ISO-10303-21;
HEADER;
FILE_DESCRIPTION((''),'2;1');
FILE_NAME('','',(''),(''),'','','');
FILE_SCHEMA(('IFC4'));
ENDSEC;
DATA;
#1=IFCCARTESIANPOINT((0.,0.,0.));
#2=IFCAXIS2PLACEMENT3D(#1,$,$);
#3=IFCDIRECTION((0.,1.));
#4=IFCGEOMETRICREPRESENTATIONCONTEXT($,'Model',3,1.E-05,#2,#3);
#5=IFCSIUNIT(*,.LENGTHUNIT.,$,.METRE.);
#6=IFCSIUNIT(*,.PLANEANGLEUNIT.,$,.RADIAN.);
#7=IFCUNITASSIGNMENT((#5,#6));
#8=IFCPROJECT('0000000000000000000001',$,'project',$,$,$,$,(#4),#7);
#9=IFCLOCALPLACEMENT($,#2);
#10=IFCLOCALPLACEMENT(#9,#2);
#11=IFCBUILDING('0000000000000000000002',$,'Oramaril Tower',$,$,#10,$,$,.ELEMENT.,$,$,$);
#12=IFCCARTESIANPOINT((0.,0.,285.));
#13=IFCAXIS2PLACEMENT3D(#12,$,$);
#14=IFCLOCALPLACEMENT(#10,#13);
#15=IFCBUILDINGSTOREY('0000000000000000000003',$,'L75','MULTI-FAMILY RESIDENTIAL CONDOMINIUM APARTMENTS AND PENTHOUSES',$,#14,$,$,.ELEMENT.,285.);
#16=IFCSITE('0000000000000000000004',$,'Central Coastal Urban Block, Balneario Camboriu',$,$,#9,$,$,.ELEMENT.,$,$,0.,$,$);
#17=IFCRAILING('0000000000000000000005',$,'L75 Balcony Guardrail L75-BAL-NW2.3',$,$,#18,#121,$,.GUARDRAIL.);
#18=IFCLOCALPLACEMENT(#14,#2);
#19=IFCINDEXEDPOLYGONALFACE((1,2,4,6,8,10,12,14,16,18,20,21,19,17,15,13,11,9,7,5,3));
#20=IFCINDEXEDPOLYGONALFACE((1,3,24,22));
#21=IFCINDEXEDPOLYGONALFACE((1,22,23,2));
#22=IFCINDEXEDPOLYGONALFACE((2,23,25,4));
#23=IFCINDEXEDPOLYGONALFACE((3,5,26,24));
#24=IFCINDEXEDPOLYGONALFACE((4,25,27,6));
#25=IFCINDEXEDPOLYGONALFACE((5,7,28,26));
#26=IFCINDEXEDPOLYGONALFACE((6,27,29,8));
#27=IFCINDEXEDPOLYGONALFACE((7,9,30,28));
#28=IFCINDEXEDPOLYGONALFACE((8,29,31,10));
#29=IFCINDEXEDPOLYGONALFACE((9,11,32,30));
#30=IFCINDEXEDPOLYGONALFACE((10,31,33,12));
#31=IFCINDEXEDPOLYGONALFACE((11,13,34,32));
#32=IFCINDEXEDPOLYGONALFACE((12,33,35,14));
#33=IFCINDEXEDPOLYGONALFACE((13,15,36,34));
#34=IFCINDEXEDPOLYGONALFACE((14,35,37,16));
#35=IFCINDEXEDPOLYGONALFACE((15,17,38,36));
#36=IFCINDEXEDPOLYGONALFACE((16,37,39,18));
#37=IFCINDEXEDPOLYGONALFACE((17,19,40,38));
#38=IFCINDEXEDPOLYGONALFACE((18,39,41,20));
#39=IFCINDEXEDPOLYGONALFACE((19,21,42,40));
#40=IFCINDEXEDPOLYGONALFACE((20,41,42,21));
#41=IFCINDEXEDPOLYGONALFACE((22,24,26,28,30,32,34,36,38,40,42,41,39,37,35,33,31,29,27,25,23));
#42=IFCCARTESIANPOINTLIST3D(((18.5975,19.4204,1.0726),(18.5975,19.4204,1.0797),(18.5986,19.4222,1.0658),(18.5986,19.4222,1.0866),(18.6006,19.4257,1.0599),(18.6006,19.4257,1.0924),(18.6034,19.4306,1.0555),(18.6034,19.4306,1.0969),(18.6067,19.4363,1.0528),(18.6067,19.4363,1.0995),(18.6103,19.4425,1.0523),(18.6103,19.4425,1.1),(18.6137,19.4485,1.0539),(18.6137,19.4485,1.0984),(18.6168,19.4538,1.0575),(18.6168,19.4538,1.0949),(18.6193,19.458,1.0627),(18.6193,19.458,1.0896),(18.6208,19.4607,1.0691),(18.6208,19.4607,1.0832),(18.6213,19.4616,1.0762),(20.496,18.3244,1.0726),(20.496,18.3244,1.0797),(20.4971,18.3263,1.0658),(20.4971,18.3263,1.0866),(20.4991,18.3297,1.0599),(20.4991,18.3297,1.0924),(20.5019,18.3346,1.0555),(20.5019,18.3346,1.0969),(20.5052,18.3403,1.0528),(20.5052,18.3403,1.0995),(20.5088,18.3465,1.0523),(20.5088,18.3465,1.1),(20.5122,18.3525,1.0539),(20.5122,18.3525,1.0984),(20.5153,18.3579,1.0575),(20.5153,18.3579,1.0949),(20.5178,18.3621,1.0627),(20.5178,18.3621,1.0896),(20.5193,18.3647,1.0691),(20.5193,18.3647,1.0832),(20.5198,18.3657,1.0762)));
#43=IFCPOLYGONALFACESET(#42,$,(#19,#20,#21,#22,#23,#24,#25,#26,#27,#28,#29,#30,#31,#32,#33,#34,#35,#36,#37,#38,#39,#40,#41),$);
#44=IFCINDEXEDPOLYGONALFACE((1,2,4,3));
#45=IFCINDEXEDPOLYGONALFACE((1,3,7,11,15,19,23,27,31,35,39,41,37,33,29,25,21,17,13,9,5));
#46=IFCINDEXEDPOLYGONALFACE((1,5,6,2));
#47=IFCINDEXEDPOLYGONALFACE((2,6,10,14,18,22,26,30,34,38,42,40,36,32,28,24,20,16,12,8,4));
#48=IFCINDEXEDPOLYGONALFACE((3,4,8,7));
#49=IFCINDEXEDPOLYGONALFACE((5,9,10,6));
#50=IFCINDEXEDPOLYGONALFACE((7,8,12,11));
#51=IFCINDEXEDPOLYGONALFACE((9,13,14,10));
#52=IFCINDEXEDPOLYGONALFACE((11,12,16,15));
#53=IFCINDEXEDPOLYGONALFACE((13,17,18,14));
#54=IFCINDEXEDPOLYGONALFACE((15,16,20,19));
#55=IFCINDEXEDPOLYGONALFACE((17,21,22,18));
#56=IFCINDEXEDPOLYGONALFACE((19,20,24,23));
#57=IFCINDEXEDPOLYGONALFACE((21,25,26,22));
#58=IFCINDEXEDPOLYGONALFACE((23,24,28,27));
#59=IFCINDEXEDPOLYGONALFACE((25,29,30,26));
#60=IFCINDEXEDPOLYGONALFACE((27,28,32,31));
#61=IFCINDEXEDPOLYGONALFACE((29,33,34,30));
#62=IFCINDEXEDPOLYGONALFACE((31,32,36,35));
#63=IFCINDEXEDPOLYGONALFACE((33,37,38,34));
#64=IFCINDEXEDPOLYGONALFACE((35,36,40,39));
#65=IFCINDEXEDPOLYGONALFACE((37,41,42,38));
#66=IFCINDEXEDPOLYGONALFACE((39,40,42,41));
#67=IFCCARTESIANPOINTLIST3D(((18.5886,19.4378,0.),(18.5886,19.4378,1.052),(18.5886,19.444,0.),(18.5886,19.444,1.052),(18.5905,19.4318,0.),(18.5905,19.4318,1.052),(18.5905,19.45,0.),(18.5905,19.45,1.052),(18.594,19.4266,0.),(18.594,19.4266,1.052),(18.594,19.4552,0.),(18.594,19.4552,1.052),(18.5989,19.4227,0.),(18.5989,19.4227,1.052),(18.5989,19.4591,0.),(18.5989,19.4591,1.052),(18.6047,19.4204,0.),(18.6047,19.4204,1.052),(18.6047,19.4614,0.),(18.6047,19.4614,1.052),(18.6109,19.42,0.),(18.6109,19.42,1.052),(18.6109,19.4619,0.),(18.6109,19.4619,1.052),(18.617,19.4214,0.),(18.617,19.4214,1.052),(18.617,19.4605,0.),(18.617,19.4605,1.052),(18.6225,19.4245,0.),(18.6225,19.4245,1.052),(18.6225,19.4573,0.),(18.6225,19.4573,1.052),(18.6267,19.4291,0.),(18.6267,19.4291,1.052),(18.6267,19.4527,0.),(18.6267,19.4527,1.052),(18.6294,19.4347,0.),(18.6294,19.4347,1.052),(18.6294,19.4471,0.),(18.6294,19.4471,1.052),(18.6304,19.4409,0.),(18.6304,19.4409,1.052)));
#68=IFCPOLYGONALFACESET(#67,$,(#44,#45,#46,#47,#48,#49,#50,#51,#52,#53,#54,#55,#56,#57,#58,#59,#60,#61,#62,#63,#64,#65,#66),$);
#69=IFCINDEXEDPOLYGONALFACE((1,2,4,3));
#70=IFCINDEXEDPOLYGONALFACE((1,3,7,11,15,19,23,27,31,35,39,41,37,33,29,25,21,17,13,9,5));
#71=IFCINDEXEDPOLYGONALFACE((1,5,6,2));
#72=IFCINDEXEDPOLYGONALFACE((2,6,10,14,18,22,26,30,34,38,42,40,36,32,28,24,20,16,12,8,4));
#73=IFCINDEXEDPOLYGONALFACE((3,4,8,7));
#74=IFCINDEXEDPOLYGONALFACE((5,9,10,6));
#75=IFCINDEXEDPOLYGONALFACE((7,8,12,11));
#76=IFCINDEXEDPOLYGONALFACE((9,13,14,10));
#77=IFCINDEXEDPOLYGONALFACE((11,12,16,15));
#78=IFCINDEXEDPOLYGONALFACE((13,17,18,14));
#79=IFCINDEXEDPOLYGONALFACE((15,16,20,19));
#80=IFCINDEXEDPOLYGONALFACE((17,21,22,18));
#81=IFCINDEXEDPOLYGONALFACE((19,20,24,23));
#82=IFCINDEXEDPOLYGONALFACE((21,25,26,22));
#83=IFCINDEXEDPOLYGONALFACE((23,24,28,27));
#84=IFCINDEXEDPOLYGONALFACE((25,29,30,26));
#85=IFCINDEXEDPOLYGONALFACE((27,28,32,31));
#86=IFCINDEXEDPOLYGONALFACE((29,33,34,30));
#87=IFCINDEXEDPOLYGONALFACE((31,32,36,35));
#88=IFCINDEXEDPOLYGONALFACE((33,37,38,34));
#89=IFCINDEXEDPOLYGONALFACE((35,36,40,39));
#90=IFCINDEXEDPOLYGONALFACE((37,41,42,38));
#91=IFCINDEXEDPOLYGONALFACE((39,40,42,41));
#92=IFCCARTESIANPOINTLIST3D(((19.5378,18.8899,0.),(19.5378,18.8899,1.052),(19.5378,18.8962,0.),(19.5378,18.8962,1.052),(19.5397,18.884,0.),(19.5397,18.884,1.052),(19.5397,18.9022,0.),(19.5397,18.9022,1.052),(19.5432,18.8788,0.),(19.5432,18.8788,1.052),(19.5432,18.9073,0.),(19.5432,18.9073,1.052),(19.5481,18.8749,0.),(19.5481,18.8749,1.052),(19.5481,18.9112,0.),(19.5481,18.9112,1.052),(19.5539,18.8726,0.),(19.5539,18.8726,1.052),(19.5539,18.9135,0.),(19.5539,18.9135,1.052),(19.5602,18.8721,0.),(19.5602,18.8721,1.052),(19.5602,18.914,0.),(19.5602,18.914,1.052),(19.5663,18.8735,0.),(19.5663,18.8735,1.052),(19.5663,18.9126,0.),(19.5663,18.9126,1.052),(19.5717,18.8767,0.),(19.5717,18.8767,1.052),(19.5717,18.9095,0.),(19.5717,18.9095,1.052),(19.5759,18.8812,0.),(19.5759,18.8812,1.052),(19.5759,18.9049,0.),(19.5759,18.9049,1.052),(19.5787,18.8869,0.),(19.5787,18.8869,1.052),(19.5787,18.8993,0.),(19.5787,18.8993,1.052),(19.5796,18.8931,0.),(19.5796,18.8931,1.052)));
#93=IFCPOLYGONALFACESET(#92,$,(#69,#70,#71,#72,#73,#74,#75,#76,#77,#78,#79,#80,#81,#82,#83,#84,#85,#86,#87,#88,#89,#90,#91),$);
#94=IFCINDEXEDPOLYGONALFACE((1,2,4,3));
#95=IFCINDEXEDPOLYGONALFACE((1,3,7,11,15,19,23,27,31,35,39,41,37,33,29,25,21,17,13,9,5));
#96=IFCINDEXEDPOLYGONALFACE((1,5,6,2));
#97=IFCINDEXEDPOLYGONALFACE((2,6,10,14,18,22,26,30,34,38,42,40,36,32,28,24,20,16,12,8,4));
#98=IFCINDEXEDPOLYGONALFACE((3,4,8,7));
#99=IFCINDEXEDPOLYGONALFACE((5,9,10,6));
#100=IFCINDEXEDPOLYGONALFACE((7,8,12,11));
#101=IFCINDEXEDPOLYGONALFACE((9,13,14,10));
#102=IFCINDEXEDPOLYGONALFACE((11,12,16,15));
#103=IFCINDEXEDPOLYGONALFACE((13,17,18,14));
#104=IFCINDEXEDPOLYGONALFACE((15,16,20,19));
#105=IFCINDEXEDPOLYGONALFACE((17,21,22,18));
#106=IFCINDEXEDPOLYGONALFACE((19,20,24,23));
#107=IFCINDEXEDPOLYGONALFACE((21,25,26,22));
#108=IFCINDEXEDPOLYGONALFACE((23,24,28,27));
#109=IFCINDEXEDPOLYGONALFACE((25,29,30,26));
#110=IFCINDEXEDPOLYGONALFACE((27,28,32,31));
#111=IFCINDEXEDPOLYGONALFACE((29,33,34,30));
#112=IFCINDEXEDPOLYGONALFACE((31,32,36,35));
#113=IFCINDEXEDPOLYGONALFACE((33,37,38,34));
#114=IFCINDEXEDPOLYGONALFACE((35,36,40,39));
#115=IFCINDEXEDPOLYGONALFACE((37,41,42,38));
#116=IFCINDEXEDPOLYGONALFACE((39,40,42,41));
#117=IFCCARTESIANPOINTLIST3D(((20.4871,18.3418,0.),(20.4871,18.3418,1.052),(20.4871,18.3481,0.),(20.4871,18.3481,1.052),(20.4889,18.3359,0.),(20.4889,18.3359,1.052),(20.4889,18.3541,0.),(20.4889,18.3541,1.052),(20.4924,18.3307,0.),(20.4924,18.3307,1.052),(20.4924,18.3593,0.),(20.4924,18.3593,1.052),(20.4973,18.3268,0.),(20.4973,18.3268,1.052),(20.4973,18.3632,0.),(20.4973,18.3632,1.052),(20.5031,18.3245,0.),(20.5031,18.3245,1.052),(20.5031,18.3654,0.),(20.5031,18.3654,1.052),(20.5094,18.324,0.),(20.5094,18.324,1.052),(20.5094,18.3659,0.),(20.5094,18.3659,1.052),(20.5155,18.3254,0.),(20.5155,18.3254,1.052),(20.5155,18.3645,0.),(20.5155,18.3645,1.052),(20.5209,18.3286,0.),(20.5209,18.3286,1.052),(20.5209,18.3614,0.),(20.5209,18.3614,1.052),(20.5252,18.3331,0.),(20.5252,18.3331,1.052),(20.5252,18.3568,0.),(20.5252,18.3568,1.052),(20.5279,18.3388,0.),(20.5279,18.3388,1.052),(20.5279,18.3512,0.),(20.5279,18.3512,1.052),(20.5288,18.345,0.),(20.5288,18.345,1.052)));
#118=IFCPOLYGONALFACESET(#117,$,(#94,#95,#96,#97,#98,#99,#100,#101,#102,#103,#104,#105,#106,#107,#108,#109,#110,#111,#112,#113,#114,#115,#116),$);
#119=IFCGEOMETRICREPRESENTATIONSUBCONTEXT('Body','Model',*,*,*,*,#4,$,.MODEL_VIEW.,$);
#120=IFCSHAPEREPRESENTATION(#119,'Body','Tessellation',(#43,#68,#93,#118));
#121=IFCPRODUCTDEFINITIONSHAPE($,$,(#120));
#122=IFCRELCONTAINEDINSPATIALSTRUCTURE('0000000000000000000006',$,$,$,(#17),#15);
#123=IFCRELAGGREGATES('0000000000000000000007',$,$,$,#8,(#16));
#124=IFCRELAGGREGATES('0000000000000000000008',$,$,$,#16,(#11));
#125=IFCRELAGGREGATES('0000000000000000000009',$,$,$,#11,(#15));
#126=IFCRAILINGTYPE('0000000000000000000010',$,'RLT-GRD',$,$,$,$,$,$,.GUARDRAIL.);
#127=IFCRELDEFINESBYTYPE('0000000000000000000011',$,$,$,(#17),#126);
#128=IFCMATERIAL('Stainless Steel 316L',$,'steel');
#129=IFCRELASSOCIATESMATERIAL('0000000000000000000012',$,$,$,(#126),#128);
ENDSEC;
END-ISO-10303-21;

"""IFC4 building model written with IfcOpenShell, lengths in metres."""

from ifc_helpers import new_model, si_unit, direction, frame, origin, origin_2d, place, context, subcontext, project, spatial, circle, extrude, material, type_object, element, save


model = new_model("IFC4")

# Units and contexts
model_context = context("Model", 3, precision=1e-05, world=origin(), true_north=direction((0.0, 1.0)))
body_context = subcontext(model_context, "Body", "Model", "MODEL_VIEW")
ifc_project = project(units=[si_unit("LENGTHUNIT", "METRE"), si_unit("PLANEANGLEUNIT", "RADIAN")], contexts=[model_context])

# Site, building, storey
site_placement = place(None, origin())
site = spatial("IfcSite", under=ifc_project, at=site_placement, Name="Central Coastal Urban Block, Balneario Camboriu", CompositionType="ELEMENT", RefElevation=0.0)
building_placement = place(site_placement, origin())
building = spatial("IfcBuilding", under=site, at=building_placement, Name="Oramaril Tower", CompositionType="ELEMENT")
storey_placement = place(building_placement, frame((0.0, 0.0, 285.0)))
storey = spatial("IfcBuildingStorey", under=building, at=storey_placement, Name="L75", Description="MULTI-FAMILY RESIDENTIAL CONDOMINIUM APARTMENTS AND PENTHOUSES", CompositionType="ELEMENT", Elevation=285.0)

# Railing
ifc_material_1 = material(Name="Stainless Steel 316L", Category="steel")
railing_type_1 = type_object("IfcRailingType", Name="RLT-GRD", PredefinedType="GUARDRAIL", material=ifc_material_1)
railing_1_placement = place(storey_placement, frame((18.6094, 19.4409, 0.0)))
element("IfcRailing", 1, at=railing_1_placement, inside=storey, type_object=railing_type_1, Name="L75 Balcony Guardrail L75-BAL-NW2.3", PredefinedType="GUARDRAIL", context=body_context, shape_type="SweptSolid", body=[
    extrude(circle(Radius=0.0239, at=origin_2d()), frame((0.0, 0.0, 1.0762), z_axis=(0.866048, -0.49996, 0.0), x_axis=(0.49996, 0.866048, 0.0)), (0.0, 0.0, 1.0), 2.1921),
    extrude(circle(Radius=0.021, at=origin_2d()), origin(), (0.0, 0.0, 1.0), 1.052),
    extrude(circle(Radius=0.021, at=origin_2d()), frame((0.9492, -0.5479, 0.0)), (0.0, 0.0, 1.0), 1.052),
    extrude(circle(Radius=0.021, at=origin_2d()), frame((1.8984, -1.0959, 0.0)), (0.0, 0.0, 1.0), 1.052),
])

save(model, "model.ifc")
